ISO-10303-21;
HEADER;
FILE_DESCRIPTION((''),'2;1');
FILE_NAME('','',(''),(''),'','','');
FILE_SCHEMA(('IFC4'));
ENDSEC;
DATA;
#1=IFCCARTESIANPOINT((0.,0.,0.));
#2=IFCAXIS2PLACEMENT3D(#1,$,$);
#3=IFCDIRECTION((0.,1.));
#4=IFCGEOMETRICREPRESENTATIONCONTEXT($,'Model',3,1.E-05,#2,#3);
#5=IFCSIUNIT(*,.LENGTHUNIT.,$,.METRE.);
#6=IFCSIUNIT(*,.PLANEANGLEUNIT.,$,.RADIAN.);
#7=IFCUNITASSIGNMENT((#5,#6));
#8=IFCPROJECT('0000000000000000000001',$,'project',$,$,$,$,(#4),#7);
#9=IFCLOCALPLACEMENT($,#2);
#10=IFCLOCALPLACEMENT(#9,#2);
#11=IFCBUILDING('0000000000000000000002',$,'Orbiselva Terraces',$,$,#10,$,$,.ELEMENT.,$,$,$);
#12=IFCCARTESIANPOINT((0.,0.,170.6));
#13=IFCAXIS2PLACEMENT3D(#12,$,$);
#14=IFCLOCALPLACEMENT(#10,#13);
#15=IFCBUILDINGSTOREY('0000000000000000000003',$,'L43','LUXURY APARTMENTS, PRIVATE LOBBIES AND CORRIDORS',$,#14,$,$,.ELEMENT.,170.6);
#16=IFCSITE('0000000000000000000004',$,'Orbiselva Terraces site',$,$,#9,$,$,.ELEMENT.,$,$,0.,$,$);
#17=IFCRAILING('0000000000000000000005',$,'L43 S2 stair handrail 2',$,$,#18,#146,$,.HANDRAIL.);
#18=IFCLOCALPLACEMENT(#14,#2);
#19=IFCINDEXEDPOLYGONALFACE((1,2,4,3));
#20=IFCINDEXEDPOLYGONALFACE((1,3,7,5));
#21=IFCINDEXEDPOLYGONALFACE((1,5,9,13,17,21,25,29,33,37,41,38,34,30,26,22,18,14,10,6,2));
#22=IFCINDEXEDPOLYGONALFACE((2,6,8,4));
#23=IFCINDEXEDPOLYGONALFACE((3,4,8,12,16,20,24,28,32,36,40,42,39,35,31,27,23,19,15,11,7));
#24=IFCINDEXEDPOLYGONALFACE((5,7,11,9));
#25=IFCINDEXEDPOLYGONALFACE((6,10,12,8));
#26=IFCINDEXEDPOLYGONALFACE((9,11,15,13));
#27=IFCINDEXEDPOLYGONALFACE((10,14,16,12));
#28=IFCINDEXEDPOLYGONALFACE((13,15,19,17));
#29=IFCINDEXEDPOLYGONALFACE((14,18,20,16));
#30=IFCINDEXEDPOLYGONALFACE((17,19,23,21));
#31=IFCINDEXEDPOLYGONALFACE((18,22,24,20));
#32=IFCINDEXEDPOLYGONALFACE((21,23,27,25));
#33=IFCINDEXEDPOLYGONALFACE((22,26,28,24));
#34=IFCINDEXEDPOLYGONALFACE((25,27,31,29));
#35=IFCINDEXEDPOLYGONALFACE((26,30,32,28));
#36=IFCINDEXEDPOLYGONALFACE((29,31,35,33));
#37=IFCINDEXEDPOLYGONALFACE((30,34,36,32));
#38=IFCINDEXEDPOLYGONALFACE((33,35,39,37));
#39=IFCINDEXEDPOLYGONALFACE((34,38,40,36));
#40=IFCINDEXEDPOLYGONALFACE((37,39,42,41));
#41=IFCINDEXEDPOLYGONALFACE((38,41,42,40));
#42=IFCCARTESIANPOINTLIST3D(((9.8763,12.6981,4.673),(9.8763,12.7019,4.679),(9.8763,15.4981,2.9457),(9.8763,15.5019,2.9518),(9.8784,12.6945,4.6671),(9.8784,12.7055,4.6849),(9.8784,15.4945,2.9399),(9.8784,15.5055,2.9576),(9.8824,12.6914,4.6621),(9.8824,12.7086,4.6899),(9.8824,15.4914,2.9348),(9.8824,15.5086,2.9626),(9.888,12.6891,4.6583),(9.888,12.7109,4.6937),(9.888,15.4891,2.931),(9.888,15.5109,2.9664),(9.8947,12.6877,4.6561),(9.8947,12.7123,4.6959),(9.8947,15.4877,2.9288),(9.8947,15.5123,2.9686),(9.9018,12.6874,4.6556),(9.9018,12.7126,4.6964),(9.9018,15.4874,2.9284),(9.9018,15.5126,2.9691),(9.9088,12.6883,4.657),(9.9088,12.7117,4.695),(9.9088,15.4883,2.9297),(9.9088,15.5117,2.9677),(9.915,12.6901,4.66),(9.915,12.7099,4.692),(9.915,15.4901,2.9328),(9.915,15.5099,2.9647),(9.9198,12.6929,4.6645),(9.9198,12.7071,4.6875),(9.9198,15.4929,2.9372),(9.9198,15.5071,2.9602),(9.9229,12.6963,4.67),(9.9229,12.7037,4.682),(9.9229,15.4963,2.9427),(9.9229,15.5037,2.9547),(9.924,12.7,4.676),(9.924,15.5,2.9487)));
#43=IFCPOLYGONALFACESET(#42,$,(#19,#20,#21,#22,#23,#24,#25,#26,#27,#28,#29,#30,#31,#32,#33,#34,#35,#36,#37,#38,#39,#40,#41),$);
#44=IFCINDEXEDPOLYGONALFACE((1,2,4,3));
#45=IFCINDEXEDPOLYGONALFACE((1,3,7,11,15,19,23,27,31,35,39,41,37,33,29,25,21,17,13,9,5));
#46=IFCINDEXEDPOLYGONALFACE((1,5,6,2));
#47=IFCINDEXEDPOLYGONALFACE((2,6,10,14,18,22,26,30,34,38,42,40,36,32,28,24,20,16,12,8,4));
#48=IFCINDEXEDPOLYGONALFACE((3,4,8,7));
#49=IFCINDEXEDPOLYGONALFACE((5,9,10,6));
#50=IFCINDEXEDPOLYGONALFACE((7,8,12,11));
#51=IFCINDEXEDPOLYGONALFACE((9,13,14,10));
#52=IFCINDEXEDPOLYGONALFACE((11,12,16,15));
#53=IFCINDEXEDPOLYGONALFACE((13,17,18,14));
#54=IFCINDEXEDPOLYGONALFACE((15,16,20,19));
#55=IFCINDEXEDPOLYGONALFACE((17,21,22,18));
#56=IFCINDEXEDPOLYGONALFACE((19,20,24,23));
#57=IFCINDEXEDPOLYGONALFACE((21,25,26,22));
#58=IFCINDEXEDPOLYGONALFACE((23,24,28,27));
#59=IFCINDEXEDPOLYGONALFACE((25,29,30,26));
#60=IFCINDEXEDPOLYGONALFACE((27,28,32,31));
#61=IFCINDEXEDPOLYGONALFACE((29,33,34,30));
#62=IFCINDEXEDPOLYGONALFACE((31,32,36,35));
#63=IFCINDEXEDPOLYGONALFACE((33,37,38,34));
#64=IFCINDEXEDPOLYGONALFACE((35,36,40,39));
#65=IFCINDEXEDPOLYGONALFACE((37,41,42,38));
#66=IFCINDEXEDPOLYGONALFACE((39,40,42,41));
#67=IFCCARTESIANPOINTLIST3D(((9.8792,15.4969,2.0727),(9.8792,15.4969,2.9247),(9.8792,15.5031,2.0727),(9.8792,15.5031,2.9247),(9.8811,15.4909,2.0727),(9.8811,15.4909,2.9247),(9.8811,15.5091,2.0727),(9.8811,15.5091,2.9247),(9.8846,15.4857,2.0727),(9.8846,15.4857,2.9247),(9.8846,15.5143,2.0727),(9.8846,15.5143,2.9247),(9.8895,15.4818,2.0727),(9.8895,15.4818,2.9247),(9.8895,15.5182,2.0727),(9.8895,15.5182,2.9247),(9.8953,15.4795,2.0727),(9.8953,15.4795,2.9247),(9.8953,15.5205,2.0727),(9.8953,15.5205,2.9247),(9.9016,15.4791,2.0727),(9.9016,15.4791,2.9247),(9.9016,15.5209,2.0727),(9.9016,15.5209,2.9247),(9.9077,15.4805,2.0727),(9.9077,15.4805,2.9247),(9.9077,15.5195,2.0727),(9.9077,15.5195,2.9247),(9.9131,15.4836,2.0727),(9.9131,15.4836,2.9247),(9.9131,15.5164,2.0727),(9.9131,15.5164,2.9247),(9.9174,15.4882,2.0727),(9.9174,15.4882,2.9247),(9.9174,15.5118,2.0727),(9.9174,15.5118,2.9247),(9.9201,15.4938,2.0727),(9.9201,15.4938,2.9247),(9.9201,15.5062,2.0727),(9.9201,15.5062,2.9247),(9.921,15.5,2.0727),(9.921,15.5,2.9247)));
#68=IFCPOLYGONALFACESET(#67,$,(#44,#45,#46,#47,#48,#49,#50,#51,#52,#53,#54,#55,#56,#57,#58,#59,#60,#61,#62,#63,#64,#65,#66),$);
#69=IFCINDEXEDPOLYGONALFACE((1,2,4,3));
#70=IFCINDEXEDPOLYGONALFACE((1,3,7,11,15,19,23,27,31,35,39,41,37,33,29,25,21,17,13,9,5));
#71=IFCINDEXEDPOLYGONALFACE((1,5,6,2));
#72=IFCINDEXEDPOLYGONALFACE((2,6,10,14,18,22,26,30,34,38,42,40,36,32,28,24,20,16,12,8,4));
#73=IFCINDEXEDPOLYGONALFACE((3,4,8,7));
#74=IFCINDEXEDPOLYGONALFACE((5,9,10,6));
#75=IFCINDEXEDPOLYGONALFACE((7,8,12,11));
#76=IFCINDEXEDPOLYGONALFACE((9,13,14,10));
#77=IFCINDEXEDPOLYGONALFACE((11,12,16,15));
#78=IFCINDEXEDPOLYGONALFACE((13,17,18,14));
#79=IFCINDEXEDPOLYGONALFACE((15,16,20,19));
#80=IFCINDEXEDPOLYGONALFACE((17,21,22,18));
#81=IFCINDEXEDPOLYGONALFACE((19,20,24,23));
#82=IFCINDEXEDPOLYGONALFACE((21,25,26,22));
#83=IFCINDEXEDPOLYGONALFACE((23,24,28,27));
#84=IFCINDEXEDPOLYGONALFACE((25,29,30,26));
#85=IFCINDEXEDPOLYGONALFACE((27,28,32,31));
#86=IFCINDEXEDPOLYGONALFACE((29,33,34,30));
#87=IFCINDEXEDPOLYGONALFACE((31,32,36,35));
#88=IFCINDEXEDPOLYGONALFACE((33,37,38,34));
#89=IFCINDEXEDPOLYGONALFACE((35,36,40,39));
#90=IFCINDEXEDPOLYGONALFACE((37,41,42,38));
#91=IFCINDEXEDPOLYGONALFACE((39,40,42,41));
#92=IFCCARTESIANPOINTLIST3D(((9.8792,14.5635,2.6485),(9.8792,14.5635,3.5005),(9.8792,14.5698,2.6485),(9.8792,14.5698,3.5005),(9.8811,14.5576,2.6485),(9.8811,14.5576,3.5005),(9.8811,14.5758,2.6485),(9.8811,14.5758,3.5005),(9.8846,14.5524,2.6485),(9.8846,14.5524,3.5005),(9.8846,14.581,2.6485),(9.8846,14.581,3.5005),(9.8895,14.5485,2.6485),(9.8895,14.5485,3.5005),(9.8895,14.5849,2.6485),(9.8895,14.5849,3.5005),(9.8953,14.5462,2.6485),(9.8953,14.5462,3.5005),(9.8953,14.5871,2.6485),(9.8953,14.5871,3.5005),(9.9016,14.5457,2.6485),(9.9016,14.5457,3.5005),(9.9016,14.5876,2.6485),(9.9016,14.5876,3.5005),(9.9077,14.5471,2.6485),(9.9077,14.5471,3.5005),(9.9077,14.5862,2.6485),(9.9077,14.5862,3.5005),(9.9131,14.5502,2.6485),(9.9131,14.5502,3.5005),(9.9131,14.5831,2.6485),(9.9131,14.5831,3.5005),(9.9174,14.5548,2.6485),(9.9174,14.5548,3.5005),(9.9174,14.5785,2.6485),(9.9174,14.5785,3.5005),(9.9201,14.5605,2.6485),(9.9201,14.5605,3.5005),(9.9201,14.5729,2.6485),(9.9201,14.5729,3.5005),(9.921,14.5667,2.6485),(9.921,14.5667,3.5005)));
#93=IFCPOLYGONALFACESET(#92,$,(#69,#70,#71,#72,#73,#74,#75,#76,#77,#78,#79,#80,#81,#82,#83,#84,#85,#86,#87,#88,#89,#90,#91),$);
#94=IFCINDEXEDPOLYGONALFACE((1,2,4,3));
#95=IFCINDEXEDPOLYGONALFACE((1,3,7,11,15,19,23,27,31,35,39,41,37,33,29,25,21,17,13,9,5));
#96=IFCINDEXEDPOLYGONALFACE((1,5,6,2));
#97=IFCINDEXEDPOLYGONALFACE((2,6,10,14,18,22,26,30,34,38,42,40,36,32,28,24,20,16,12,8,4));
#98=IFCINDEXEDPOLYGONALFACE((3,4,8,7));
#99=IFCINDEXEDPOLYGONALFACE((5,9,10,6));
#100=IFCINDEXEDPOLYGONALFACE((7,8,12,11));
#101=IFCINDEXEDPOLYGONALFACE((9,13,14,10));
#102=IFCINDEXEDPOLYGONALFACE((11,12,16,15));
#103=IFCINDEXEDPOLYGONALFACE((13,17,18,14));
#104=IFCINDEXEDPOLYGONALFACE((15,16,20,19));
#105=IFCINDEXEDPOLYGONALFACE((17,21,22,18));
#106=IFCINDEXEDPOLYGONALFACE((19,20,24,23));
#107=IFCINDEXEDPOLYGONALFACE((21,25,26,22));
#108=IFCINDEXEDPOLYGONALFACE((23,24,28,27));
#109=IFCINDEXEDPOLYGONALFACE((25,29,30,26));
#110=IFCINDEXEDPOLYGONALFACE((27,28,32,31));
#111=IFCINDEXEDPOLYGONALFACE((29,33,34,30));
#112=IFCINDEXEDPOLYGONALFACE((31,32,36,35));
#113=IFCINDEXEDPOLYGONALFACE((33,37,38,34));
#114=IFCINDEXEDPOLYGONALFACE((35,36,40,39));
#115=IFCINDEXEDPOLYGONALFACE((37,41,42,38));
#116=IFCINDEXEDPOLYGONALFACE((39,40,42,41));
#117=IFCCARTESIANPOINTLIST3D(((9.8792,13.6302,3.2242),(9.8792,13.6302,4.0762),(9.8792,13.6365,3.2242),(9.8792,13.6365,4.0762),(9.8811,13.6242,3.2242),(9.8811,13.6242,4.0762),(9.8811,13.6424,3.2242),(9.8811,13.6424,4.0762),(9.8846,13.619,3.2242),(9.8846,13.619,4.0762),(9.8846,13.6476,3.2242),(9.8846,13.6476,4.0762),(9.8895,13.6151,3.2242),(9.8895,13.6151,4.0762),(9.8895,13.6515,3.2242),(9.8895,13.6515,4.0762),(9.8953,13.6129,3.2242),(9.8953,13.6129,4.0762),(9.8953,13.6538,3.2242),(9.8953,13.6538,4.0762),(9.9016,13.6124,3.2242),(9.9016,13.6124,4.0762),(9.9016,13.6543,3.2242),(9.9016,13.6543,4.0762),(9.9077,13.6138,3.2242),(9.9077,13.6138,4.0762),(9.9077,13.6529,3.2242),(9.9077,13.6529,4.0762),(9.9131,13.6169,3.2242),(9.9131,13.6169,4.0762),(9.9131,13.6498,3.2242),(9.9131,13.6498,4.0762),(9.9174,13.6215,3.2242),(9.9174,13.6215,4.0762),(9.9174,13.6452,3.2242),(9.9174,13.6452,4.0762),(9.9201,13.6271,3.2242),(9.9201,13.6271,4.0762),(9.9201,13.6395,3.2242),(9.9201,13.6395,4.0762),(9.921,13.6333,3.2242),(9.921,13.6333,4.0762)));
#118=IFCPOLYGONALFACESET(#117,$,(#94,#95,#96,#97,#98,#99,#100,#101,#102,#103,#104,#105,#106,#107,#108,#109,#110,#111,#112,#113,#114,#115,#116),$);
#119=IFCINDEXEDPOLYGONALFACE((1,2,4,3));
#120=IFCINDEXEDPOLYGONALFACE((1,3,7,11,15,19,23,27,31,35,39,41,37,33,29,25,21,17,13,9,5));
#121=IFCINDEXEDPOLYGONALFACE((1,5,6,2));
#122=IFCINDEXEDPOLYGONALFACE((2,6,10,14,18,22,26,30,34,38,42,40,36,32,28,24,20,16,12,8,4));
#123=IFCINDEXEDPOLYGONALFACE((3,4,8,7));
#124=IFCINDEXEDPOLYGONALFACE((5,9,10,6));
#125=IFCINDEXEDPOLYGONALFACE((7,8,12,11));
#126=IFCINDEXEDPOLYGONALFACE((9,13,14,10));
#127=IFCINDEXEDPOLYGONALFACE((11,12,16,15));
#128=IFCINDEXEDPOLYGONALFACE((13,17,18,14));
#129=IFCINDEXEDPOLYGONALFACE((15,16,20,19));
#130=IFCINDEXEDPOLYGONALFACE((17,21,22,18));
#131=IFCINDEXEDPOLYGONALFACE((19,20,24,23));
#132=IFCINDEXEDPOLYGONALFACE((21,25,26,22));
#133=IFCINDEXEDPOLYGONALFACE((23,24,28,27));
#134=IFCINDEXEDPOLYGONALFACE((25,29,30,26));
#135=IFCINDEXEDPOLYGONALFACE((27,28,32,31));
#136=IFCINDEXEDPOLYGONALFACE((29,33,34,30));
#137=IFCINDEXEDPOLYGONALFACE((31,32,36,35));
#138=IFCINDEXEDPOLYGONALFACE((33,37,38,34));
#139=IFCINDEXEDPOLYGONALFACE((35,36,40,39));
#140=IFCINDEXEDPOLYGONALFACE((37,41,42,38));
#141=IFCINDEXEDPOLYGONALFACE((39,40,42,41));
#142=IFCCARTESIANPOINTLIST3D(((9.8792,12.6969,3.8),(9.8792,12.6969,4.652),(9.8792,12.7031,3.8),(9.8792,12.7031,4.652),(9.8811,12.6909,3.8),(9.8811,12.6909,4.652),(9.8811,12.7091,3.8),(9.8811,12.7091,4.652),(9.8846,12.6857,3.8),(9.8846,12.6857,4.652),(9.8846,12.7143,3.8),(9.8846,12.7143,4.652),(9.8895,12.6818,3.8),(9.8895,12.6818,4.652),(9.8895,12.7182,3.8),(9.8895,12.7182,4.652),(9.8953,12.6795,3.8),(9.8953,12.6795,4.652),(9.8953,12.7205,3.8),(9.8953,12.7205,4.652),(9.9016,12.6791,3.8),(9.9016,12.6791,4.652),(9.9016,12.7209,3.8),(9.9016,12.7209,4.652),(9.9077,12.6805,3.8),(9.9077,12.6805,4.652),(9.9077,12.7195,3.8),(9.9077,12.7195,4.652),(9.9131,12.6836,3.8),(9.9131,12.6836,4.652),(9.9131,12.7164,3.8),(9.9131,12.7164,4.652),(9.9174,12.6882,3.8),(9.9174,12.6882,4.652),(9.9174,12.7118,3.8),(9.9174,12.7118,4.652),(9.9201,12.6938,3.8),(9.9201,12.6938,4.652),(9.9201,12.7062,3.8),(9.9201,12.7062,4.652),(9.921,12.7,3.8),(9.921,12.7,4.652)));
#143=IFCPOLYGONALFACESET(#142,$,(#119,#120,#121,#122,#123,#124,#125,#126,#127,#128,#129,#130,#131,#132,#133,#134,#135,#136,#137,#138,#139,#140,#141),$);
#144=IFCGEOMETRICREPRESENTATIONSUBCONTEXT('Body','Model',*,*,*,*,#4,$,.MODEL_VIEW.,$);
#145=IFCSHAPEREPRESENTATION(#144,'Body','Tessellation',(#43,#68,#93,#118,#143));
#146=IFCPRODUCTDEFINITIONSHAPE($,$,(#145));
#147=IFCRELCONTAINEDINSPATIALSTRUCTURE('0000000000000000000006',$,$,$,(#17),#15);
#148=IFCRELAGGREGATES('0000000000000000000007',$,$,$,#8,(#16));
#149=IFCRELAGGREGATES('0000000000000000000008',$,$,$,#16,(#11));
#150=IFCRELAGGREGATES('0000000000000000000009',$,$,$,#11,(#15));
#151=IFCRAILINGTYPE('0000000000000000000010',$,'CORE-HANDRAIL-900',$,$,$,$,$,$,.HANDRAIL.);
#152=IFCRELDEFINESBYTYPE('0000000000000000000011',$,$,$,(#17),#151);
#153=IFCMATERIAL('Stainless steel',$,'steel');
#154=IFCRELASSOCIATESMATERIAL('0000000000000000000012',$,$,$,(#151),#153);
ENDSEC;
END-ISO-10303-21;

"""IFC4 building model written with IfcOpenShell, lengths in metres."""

from ifc_helpers import new_model, si_unit, direction, frame, origin, origin_2d, place, context, subcontext, project, spatial, circle, extrude, material, type_object, element, save


model = new_model("IFC4")

# Units and contexts
model_context = context("Model", 3, precision=1e-05, world=origin(), true_north=direction((0.0, 1.0)))
body_context = subcontext(model_context, "Body", "Model", "MODEL_VIEW")
ifc_project = project(units=[si_unit("LENGTHUNIT", "METRE"), si_unit("PLANEANGLEUNIT", "RADIAN")], contexts=[model_context])

# Site, building, storey
site_placement = place(None, origin())
site = spatial("IfcSite", under=ifc_project, at=site_placement, Name="Orbiselva Terraces site", CompositionType="ELEMENT", RefElevation=0.0)
building_placement = place(site_placement, origin())
building = spatial("IfcBuilding", under=site, at=building_placement, Name="Orbiselva Terraces", CompositionType="ELEMENT")
storey_placement = place(building_placement, frame((0.0, 0.0, 170.6)))
storey = spatial("IfcBuildingStorey", under=building, at=storey_placement, Name="L43", Description="LUXURY APARTMENTS, PRIVATE LOBBIES AND CORRIDORS", CompositionType="ELEMENT", Elevation=170.6)

# Railing
ifc_material_1 = material(Name="Stainless steel", Category="steel")
railing_type = type_object("IfcRailingType", Name="CORE-HANDRAIL-900", PredefinedType="HANDRAIL", material=ifc_material_1)
railing_placement = place(storey_placement, frame((9.9, 15.5, 2.0727)))
element("IfcRailing", 1, at=railing_placement, inside=storey, type_object=railing_type, Name="L43 S2 stair handrail 2", PredefinedType="HANDRAIL", context=body_context, shape_type="SweptSolid", body=[
    extrude(circle(Radius=0.024, at=origin_2d()), frame((0.0, 0.0, 0.876), z_axis=(0.0, -0.851089, 0.525022), x_axis=(1.0, 0.0, 0.0)), (0.0, 0.0, 1.0), 3.2899),
    extrude(circle(Radius=0.021, at=origin_2d()), origin(), (0.0, 0.0, 1.0), 0.852),
    extrude(circle(Radius=0.021, at=origin_2d()), frame((0.0, -0.9333, 0.5758)), (0.0, 0.0, 1.0), 0.852),
    extrude(circle(Radius=0.021, at=origin_2d()), frame((0.0, -1.8667, 1.1515)), (0.0, 0.0, 1.0), 0.852),
    extrude(circle(Radius=0.021, at=origin_2d()), frame((0.0, -2.8, 1.7273)), (0.0, 0.0, 1.0), 0.852),
])

save(model, "model.ifc")
